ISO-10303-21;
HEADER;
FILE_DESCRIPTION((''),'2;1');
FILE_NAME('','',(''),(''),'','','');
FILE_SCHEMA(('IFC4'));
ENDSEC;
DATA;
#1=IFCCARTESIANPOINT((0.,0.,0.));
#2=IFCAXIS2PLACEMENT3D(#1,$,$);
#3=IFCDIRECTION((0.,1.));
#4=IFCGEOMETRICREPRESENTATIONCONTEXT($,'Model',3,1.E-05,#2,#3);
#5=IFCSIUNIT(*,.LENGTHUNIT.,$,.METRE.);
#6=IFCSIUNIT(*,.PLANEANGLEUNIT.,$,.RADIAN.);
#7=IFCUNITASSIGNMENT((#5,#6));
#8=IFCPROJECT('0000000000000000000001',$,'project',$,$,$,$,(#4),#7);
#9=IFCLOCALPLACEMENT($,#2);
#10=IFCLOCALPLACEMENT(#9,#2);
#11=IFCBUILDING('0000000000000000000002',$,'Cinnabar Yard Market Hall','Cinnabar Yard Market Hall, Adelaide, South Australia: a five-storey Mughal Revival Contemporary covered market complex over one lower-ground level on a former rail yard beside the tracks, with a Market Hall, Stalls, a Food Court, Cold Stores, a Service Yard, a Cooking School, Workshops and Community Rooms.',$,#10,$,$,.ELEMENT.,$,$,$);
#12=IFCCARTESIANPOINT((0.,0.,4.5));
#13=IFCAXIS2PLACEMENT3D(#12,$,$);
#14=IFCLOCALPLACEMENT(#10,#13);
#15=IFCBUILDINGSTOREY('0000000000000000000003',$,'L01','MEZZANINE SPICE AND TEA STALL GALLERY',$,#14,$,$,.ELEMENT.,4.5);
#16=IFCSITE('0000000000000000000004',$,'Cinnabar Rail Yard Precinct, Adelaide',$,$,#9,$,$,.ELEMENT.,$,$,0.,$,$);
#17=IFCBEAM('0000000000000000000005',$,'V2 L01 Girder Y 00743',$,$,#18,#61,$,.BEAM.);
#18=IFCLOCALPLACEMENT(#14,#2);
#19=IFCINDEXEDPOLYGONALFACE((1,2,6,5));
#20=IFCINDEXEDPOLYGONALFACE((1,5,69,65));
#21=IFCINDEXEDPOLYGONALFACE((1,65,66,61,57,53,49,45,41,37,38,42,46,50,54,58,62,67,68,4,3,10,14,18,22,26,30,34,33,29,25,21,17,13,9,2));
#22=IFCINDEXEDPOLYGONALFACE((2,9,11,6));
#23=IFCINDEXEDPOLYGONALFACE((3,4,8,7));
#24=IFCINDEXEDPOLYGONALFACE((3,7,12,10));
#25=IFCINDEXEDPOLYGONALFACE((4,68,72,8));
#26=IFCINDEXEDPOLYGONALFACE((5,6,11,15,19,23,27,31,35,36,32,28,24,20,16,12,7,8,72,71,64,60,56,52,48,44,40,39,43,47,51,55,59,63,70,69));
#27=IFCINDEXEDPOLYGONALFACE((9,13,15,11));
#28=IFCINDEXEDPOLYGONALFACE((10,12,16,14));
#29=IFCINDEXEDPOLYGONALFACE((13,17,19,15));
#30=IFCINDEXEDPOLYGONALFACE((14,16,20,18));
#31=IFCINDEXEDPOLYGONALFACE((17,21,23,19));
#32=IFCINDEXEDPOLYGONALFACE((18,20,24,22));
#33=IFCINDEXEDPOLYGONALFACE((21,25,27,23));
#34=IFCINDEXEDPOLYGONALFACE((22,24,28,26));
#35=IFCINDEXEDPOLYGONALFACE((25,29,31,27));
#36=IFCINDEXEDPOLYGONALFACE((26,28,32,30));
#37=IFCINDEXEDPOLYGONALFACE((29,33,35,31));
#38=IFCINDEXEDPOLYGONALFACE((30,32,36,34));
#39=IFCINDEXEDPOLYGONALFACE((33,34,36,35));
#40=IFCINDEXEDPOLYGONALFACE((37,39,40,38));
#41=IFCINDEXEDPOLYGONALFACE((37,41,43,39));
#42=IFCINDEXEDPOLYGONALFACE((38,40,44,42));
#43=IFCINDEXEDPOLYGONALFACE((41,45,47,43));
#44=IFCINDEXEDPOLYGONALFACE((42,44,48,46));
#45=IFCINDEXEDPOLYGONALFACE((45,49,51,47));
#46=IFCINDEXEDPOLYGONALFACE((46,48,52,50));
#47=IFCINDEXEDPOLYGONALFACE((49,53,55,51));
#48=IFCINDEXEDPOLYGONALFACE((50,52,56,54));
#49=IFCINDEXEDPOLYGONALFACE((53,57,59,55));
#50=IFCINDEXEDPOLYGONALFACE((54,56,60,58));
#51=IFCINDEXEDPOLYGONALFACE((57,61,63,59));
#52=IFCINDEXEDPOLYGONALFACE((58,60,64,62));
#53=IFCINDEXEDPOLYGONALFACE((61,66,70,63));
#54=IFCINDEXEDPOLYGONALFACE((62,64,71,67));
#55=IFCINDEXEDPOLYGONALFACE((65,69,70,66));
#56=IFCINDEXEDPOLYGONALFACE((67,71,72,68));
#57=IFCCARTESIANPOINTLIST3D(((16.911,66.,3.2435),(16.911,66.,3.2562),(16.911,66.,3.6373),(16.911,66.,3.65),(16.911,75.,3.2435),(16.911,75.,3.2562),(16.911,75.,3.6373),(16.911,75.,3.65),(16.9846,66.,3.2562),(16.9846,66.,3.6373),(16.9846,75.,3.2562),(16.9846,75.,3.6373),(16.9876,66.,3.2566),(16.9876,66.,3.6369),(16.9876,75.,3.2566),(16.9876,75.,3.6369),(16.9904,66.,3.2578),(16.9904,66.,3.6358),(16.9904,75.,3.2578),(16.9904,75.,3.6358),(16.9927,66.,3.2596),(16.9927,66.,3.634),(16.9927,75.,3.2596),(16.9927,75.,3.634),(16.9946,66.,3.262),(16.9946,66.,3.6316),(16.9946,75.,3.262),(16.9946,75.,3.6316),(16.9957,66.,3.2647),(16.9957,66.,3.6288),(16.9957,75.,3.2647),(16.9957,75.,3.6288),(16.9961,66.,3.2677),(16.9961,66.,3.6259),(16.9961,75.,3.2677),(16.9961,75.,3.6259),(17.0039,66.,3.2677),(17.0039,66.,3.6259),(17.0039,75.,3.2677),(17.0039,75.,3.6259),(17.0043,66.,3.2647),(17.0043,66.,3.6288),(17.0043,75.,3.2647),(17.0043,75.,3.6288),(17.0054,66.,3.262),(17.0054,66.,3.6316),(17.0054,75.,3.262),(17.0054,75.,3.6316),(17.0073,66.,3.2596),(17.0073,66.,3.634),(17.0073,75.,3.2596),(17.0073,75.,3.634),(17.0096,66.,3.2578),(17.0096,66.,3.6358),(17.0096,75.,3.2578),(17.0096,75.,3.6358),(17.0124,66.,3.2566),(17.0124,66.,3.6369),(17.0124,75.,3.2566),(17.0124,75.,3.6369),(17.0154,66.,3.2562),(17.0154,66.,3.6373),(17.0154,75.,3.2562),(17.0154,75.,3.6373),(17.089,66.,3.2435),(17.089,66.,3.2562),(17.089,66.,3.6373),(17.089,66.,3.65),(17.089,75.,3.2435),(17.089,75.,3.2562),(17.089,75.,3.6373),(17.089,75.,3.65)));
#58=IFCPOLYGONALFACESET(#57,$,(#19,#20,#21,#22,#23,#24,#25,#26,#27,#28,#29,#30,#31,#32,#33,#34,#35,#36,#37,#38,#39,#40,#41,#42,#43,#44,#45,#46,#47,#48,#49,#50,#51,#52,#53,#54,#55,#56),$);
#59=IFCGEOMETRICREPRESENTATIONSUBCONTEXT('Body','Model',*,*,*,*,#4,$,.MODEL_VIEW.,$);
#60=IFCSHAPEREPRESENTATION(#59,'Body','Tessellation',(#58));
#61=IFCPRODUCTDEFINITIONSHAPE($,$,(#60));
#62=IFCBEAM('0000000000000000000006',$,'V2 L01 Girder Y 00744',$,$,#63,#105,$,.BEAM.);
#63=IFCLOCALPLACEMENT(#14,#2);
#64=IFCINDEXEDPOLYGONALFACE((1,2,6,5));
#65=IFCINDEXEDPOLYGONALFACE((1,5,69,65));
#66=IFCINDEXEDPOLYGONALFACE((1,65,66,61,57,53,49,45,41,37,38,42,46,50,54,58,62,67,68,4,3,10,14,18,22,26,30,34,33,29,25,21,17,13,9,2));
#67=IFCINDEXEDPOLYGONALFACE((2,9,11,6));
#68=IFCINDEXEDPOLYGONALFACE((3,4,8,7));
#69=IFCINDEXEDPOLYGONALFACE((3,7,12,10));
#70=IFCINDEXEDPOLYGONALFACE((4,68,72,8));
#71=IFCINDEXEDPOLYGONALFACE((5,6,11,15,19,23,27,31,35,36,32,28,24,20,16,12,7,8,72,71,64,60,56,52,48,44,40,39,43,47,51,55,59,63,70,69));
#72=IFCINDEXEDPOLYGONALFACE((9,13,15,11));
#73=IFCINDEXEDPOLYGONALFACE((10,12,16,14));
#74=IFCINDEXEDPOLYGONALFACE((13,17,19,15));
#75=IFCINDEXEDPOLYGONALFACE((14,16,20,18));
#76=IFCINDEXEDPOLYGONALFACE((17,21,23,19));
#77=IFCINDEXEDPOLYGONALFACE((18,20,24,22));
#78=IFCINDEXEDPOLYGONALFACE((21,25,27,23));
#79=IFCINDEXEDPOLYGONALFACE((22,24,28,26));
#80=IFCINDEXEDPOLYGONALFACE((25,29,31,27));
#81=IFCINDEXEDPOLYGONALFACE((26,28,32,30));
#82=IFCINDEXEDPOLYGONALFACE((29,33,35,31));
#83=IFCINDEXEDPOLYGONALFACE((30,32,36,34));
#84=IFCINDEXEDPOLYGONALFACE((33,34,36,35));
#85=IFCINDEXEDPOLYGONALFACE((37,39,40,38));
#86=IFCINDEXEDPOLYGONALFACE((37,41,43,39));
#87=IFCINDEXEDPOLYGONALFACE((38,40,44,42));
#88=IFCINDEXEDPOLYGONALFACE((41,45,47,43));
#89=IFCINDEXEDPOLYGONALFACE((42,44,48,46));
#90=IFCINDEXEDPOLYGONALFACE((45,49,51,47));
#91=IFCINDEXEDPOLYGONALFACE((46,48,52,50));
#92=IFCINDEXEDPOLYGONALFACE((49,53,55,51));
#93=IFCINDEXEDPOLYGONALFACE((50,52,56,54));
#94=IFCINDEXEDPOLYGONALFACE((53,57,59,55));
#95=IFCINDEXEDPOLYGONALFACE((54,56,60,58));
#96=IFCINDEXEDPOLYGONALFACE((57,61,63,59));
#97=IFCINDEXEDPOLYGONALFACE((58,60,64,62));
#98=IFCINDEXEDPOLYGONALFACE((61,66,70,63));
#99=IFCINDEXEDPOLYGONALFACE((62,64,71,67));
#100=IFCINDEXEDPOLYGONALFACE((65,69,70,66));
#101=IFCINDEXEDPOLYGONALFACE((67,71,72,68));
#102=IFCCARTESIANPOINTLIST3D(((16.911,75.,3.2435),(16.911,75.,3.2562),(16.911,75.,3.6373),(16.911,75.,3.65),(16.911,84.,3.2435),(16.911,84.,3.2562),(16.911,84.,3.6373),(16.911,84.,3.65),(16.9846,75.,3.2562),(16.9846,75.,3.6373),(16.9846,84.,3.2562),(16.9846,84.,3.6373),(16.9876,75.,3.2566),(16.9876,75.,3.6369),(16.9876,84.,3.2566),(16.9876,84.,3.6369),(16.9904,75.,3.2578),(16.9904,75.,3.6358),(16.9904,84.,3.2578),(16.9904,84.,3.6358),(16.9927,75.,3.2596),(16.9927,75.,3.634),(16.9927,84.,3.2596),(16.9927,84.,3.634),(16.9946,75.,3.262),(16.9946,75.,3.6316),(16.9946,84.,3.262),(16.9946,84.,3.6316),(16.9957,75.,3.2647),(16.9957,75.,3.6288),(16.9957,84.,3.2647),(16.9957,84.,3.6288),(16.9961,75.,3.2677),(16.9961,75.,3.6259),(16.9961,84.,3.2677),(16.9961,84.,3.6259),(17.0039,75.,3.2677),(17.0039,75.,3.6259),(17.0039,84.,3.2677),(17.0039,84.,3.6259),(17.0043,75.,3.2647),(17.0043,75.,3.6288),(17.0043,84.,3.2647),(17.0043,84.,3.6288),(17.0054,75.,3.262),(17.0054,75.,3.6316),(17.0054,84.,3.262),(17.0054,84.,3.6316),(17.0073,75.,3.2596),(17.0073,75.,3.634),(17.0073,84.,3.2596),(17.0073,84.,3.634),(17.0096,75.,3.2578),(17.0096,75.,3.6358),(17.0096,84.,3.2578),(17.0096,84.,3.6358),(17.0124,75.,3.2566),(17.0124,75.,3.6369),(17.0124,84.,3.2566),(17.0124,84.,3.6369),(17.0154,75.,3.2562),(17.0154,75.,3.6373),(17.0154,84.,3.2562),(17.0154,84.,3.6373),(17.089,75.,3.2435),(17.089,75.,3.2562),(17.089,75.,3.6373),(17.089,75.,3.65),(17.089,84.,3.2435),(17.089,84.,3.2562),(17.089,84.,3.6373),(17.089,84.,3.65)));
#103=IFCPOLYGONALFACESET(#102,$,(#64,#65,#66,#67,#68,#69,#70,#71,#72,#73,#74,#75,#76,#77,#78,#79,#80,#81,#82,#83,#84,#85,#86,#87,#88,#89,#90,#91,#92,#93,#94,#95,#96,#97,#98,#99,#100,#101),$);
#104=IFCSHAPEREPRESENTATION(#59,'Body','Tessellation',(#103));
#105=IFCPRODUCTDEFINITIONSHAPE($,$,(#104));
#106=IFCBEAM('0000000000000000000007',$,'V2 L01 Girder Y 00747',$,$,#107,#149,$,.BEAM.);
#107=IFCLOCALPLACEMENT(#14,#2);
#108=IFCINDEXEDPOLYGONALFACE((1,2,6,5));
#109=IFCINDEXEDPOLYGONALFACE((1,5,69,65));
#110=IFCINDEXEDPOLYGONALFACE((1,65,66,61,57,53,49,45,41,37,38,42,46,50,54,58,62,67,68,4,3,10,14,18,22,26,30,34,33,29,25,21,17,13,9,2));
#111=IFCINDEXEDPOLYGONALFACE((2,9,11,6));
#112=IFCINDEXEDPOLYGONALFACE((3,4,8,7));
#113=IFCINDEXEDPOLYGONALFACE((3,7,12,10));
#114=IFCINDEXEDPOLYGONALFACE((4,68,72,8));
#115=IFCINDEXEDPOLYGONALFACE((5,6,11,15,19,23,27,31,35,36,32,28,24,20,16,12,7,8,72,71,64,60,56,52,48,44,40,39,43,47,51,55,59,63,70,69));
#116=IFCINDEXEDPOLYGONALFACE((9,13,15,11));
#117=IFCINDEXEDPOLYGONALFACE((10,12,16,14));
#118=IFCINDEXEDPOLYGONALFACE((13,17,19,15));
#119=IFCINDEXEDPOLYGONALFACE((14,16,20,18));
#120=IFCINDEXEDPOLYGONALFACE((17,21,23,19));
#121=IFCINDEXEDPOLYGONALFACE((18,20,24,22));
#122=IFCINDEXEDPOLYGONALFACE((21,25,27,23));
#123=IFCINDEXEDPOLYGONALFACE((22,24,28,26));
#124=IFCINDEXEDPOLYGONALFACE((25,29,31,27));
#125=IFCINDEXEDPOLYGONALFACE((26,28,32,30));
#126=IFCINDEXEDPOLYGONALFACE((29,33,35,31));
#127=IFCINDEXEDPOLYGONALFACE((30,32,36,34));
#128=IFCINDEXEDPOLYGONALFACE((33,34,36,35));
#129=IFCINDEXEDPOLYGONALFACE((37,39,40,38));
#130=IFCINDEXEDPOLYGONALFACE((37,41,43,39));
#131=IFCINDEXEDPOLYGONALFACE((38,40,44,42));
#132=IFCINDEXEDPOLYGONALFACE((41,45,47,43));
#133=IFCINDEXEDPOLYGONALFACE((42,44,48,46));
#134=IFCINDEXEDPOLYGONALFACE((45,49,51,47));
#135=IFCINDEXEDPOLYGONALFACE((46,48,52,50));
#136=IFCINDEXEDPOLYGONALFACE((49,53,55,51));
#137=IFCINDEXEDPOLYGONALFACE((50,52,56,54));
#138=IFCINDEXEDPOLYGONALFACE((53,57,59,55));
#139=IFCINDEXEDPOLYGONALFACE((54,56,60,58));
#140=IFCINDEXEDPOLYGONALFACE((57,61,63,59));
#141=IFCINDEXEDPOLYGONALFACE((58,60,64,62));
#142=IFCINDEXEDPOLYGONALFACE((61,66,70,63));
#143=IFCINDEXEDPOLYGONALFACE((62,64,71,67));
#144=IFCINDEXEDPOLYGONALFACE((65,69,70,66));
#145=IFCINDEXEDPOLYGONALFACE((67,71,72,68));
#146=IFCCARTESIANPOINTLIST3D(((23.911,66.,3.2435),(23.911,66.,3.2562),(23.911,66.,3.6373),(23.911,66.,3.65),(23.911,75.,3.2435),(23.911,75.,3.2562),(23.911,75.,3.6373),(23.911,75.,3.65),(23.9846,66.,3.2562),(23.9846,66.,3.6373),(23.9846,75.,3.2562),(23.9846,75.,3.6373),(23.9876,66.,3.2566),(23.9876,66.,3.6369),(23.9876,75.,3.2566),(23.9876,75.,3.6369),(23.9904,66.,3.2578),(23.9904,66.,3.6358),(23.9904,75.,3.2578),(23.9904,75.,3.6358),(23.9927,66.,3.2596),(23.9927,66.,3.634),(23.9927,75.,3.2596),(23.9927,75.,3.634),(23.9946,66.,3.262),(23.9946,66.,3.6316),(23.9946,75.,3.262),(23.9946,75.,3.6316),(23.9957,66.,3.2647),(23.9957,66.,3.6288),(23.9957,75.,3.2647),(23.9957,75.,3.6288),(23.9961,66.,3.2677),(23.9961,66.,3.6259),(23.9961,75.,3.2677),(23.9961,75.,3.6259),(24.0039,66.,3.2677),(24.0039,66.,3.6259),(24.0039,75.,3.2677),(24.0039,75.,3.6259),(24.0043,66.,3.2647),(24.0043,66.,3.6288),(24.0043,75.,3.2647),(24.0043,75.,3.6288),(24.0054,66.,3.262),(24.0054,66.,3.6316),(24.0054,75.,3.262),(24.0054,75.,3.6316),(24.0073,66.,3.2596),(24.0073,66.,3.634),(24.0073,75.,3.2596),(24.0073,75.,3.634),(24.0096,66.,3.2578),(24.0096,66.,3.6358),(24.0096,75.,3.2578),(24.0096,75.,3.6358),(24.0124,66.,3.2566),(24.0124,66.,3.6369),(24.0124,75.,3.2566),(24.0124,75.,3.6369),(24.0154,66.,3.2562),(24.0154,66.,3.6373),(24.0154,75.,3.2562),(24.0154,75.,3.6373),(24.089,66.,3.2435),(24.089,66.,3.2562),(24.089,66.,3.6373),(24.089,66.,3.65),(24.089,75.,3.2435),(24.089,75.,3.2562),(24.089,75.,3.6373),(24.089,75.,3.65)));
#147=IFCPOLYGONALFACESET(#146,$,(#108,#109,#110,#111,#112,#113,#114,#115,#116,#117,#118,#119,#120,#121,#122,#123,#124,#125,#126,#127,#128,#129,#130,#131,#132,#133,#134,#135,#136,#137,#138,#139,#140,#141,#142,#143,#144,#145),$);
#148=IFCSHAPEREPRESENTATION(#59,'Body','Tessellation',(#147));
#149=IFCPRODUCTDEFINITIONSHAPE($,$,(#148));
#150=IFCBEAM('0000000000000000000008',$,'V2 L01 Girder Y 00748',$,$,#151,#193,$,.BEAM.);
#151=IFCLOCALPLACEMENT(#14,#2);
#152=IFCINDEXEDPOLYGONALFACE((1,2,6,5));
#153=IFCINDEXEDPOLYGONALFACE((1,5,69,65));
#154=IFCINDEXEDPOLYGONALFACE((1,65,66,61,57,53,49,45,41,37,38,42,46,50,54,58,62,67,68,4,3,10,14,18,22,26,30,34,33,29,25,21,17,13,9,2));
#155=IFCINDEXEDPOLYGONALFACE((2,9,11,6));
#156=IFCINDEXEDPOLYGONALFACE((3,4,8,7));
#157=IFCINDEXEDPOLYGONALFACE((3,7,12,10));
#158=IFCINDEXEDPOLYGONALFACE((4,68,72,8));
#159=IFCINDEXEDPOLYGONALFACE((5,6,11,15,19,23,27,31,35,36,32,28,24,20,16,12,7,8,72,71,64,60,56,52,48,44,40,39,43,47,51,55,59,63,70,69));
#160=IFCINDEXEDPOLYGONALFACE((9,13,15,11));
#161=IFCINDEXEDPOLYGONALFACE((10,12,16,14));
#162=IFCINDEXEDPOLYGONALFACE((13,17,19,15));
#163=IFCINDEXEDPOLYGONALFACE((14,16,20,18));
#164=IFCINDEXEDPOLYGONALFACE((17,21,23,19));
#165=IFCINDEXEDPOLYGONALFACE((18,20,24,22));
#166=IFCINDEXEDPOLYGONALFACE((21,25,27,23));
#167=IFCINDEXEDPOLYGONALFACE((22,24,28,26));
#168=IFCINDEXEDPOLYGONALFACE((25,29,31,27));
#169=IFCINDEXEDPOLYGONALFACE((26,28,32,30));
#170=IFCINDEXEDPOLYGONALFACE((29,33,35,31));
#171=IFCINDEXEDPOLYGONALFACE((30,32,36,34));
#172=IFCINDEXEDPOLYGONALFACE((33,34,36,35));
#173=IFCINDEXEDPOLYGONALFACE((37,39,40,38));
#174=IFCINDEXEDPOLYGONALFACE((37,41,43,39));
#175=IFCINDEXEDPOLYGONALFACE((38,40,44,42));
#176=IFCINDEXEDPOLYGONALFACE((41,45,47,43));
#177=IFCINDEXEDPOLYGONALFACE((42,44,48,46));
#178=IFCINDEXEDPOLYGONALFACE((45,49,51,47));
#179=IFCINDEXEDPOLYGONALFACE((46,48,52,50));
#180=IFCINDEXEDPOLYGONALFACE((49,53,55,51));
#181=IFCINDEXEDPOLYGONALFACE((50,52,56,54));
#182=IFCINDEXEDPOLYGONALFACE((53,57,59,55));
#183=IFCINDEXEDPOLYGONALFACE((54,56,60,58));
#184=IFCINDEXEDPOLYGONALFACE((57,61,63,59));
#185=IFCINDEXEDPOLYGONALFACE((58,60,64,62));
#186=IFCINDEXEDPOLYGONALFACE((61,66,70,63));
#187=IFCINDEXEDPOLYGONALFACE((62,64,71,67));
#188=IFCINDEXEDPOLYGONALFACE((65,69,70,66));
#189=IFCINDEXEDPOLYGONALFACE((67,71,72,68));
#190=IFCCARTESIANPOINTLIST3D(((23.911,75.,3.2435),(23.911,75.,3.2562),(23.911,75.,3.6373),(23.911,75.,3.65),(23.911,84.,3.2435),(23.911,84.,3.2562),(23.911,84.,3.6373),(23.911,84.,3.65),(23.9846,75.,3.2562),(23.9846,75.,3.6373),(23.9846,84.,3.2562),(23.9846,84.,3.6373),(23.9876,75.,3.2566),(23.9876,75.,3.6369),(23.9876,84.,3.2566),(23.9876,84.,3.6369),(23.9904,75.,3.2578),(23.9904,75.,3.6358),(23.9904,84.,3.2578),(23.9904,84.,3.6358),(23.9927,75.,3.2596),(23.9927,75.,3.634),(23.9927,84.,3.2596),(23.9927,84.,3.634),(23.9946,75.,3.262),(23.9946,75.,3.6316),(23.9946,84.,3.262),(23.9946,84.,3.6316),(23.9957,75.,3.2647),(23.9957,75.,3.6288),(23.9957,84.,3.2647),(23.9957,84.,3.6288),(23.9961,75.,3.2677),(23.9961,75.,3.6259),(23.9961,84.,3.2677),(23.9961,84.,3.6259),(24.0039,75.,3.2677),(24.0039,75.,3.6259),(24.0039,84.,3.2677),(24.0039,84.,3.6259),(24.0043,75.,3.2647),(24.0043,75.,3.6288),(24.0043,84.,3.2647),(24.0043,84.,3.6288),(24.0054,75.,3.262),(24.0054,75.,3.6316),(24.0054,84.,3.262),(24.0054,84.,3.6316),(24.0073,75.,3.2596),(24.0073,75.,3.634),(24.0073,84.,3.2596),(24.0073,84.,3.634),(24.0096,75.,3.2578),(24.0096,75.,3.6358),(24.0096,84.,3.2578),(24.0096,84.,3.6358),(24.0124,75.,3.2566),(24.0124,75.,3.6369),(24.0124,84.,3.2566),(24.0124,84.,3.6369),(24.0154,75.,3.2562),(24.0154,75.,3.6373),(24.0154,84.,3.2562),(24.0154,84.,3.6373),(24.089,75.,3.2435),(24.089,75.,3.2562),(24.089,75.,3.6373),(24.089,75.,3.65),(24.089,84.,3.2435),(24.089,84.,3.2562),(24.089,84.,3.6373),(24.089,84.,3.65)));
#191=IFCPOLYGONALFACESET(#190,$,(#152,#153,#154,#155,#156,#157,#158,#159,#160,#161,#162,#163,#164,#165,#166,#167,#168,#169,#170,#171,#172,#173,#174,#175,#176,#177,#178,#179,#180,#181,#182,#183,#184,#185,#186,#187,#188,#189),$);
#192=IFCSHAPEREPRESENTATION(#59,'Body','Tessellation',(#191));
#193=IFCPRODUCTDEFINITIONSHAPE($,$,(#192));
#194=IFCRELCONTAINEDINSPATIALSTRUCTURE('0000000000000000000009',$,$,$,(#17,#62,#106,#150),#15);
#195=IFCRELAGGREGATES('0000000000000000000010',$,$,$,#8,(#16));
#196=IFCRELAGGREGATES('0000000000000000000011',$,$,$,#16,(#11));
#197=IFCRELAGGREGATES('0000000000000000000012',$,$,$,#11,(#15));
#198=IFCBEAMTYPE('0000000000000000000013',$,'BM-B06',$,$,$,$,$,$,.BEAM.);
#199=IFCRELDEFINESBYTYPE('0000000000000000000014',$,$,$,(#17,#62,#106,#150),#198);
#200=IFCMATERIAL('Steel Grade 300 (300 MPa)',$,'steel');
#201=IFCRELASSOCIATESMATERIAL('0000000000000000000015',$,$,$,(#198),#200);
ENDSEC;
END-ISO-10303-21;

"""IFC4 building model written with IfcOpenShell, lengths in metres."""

from ifc_helpers import new_model, si_unit, direction, frame, origin, origin_2d_with_axis, place, context, subcontext, project, spatial, i_section, extrude, material, material_profile, profile_set, type_object, element, save


model = new_model("IFC4")

# Units and contexts
model_context = context("Model", 3, precision=1e-05, world=origin(), true_north=direction((0.0, 1.0)))
body_context = subcontext(model_context, "Body", "Model", "MODEL_VIEW")
ifc_project = project(units=[si_unit("LENGTHUNIT", "METRE"), si_unit("PLANEANGLEUNIT", "RADIAN")], contexts=[model_context])

# Site, building, storey
site_placement = place(None, origin())
site = spatial("IfcSite", under=ifc_project, at=site_placement, Name="Cinnabar Rail Yard Precinct, Adelaide", CompositionType="ELEMENT", RefElevation=0.0)
building_placement = place(site_placement, origin())
building = spatial("IfcBuilding", under=site, at=building_placement, Name="Cinnabar Yard Market Hall", Description="Cinnabar Yard Market Hall, Adelaide, South Australia: a five-storey Mughal Revival Contemporary covered market complex over one lower-ground level on a former rail yard beside the tracks, with a Market Hall, Stalls, a Food Court, Cold Stores, a Service Yard, a Cooking School, Workshops and Community Rooms.", CompositionType="ELEMENT")
storey_placement = place(building_placement, frame((0.0, 0.0, 4.5)))
storey = spatial("IfcBuildingStorey", under=building, at=storey_placement, Name="L01", Description="MEZZANINE SPICE AND TEA STALL GALLERY", CompositionType="ELEMENT", Elevation=4.5)

# Shared definitions
ifc_material_1 = material(Name="Steel Grade 300 (300 MPa)", Category="steel")

# Beams
ifc_material_profile_1 = material_profile(ifc_material_1, i_section(OverallWidth=0.178, OverallDepth=0.4065, WebThickness=0.0078, FlangeThickness=0.0127, FilletRadius=0.0115, at=origin_2d_with_axis()), Name="410UB59.7")
ifc_profile_set_1 = profile_set([ifc_material_profile_1], Name="Steel Grade 300 (300 MPa)")
beam_type_1 = type_object("IfcBeamType", Name="BM-B06", PredefinedType="BEAM", material=ifc_profile_set_1)
for number, where, z_axis, x_axis, name in (
    (1, (17.0, 66.0, 3.4468), (0.0, 1.0, 0.0), (-1.0, 0.0, 0.0), "V2 L01 Girder Y 00743"),
    (2, (17.0, 75.0, 3.4468), (0.0, 1.0, 0.0), (-1.0, 0.0, 0.0), "V2 L01 Girder Y 00744"),
    (3, (24.0, 66.0, 3.4468), (0.0, 1.0, 0.0), (-1.0, 0.0, 0.0), "V2 L01 Girder Y 00747"),
    (4, (24.0, 75.0, 3.4468), (0.0, 1.0, 0.0), (-1.0, 0.0, 0.0), "V2 L01 Girder Y 00748"),
):
    element("IfcBeam", number, at=place(storey_placement, frame(where, z_axis=z_axis, x_axis=x_axis)), inside=storey, type_object=beam_type_1, Name=name, PredefinedType="BEAM", context=body_context, shape_type="SweptSolid", body=[
        extrude(i_section(OverallWidth=0.178, OverallDepth=0.4065, WebThickness=0.0078, FlangeThickness=0.0127, FilletRadius=0.0115, at=origin_2d_with_axis()), origin(), (0.0, 0.0, 1.0), 9.0),
    ])

save(model, "model.ifc")
